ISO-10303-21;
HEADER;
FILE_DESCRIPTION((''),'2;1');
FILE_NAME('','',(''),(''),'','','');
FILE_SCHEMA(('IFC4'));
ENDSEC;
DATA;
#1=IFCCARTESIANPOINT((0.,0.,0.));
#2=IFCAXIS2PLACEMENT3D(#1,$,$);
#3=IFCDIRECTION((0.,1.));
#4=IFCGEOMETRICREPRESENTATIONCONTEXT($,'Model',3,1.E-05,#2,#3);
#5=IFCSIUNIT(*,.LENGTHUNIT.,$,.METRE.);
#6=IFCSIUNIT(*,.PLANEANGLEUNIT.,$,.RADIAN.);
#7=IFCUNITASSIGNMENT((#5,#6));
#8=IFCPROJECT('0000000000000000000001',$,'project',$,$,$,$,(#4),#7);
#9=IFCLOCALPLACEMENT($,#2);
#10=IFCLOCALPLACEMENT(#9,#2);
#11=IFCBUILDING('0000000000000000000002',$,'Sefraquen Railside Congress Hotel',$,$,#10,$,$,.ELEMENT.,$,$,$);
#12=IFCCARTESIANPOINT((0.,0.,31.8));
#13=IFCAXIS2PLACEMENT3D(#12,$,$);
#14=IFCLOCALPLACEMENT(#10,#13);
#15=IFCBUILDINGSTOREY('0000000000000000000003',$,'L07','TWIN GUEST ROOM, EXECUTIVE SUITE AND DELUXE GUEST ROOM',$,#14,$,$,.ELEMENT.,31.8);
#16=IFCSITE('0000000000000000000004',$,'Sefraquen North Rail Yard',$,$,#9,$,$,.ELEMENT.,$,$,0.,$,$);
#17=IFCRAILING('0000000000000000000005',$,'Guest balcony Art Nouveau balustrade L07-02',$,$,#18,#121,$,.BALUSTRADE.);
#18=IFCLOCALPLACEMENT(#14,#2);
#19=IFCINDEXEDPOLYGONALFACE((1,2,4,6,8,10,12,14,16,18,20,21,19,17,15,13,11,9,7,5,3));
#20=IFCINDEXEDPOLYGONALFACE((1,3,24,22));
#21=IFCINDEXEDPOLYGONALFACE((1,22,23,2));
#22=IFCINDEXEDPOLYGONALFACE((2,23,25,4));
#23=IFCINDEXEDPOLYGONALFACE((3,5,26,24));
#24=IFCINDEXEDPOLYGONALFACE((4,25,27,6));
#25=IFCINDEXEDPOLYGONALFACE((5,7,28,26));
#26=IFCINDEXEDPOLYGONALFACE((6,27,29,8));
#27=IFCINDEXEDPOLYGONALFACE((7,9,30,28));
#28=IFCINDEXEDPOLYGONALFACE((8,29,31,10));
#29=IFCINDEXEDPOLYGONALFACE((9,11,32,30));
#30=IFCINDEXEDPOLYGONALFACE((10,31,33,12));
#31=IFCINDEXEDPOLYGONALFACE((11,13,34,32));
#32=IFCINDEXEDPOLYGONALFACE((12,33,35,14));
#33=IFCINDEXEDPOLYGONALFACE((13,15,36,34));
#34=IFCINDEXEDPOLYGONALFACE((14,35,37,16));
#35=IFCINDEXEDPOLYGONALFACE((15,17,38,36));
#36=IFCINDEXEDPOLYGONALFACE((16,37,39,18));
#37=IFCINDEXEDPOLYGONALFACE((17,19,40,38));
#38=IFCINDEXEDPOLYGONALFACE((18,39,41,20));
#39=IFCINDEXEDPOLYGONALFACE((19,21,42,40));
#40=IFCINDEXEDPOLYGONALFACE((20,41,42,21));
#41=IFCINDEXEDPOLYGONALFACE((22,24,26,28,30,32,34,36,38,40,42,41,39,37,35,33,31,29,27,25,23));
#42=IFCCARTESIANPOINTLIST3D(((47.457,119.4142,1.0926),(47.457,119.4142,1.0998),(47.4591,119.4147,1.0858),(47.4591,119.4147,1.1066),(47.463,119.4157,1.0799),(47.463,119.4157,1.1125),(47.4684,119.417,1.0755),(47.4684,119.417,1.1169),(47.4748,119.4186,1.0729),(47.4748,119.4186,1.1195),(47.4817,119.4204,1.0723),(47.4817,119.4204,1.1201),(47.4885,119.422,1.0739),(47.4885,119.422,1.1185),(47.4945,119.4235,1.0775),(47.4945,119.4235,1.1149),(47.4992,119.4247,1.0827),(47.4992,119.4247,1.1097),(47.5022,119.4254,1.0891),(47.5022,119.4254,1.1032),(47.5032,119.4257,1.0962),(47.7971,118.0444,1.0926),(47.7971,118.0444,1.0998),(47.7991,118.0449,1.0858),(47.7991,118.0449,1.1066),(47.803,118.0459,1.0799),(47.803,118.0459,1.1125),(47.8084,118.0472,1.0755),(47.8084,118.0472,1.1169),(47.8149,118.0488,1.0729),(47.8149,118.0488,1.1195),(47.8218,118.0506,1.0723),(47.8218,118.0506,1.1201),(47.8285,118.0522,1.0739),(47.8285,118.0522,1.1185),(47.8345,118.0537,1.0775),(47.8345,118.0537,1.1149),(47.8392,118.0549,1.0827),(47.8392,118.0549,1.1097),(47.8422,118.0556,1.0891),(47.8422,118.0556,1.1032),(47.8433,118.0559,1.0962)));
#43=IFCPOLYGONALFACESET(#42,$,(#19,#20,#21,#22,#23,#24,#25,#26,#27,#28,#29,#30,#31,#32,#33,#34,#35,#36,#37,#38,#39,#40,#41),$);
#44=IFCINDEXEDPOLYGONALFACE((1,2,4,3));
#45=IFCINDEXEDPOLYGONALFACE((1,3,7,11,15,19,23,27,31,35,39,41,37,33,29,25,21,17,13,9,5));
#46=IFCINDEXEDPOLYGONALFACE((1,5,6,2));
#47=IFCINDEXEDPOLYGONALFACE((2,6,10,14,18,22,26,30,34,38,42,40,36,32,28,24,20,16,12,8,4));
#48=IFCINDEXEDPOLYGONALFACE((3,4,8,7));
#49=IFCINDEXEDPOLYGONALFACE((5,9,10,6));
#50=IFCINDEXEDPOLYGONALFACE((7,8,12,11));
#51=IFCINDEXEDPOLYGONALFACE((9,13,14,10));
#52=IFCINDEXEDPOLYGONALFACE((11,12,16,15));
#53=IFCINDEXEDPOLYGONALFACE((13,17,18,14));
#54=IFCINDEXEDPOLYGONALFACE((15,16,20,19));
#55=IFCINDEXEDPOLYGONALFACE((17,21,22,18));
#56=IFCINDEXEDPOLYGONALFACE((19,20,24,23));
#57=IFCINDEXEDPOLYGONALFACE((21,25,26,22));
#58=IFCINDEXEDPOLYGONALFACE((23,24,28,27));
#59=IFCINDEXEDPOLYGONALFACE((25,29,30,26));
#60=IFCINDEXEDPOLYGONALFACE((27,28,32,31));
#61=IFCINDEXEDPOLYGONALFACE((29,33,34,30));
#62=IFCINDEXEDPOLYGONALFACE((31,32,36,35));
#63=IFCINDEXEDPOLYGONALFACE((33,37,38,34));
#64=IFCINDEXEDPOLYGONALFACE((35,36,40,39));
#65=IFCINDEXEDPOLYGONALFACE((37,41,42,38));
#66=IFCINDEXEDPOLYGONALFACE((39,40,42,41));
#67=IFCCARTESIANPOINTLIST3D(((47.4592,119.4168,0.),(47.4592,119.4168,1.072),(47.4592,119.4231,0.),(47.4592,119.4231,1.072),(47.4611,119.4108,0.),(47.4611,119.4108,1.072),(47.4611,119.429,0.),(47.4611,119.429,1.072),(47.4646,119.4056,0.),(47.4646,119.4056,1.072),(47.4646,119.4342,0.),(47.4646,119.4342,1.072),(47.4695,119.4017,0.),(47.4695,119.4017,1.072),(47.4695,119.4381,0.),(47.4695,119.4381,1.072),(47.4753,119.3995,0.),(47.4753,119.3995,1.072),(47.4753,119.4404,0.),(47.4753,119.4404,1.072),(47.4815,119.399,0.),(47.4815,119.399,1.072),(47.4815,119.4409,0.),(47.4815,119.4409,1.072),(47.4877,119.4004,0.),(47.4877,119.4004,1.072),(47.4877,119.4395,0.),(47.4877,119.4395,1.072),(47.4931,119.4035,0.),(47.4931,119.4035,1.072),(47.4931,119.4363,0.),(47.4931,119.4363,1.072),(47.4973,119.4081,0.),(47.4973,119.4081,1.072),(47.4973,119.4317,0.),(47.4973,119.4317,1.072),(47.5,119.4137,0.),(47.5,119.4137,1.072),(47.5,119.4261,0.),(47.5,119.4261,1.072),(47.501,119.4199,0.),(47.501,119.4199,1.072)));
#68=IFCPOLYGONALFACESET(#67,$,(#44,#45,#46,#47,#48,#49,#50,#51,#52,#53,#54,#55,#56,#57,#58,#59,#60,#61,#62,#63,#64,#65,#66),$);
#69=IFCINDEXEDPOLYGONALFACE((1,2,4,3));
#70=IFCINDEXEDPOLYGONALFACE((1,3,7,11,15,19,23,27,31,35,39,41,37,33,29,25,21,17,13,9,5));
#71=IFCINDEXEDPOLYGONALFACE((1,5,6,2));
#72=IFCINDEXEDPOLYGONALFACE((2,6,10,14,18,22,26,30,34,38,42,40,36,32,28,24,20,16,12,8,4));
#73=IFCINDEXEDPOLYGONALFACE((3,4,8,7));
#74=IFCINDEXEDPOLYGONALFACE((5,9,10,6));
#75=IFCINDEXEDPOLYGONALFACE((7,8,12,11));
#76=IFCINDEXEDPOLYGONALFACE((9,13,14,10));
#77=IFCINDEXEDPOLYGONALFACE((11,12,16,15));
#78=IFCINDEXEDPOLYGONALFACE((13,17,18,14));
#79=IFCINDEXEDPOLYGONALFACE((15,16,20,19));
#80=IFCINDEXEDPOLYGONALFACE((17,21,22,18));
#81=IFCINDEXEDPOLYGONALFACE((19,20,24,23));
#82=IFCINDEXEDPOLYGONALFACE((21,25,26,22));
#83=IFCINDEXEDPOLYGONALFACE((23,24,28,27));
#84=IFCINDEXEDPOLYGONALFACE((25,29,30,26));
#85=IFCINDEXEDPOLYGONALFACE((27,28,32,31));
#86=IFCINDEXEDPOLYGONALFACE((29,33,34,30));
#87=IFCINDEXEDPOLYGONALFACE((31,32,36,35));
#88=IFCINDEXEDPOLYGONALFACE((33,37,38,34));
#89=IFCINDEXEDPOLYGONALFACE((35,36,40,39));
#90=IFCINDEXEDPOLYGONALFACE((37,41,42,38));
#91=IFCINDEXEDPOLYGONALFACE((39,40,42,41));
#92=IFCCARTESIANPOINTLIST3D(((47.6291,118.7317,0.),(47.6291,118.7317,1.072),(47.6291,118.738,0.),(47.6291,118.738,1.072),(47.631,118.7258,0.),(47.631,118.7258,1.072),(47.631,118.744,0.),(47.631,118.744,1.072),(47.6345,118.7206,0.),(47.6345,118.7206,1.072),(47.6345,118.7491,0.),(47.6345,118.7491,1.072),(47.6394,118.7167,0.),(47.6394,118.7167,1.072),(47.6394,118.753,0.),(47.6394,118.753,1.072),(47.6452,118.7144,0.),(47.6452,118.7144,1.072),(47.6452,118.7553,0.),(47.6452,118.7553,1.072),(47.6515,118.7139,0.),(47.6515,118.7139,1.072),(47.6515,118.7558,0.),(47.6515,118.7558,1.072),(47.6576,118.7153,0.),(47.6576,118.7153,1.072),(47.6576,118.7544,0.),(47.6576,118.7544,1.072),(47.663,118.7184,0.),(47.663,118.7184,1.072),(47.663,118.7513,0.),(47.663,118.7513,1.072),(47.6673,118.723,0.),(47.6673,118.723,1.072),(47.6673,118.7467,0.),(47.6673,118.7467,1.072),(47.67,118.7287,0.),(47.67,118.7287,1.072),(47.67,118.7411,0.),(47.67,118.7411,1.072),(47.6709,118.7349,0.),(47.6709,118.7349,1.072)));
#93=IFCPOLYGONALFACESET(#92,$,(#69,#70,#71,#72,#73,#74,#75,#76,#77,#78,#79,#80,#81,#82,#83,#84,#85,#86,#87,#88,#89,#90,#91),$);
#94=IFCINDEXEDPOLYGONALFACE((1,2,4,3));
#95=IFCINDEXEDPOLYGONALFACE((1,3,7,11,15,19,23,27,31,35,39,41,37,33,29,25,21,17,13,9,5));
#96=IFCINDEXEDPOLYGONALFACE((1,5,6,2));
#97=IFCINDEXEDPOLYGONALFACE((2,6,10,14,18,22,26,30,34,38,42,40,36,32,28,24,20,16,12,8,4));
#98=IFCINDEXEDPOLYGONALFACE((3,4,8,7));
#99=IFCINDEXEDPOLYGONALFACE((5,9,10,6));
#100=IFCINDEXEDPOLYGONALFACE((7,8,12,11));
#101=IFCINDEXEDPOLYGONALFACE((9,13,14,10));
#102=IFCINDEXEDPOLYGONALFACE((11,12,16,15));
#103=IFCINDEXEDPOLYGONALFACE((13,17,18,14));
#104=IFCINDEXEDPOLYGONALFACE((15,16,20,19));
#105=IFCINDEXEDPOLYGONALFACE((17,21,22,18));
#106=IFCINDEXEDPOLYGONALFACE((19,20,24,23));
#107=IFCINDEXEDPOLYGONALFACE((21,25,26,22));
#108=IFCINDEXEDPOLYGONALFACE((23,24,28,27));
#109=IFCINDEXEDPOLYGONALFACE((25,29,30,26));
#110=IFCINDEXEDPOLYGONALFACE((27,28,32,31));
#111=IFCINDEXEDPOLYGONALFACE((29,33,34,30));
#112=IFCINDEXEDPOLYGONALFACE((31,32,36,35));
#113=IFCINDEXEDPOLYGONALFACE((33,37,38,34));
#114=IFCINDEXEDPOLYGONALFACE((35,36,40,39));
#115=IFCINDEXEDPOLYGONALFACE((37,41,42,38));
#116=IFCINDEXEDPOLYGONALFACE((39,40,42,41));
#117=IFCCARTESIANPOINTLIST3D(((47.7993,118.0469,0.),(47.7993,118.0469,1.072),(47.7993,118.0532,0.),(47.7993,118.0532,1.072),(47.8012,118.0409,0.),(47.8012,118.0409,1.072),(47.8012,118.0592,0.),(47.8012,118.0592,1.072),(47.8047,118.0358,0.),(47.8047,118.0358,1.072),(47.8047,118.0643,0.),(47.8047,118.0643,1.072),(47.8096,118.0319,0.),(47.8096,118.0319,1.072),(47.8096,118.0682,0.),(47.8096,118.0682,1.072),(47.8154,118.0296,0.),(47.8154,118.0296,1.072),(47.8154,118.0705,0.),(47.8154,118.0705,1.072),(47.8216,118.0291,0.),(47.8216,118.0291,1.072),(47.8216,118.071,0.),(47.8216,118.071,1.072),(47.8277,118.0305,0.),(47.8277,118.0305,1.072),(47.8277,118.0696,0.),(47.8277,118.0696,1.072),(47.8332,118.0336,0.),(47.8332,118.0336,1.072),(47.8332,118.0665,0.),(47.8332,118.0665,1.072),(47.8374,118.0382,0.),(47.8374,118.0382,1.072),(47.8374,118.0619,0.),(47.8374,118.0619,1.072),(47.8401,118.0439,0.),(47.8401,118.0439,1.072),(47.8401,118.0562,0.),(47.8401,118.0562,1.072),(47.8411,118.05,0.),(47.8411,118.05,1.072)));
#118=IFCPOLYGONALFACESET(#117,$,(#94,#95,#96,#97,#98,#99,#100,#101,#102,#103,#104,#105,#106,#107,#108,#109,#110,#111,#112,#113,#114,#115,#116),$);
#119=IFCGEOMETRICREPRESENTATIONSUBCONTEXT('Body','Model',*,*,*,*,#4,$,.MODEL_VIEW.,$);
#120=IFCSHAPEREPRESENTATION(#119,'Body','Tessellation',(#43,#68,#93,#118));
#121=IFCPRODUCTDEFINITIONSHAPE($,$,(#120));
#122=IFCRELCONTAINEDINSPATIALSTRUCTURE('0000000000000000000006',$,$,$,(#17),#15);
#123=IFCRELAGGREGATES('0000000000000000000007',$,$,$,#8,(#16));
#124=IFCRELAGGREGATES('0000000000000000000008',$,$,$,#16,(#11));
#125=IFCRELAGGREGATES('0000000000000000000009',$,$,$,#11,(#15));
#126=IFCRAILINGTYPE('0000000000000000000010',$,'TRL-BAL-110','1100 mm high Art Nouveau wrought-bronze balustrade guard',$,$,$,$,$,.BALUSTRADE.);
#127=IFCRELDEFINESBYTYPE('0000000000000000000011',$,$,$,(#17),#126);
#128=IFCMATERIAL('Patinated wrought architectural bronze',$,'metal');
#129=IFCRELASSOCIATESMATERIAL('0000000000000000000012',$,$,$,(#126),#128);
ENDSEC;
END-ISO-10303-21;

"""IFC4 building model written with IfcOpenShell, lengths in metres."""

from ifc_helpers import new_model, si_unit, direction, frame, origin, origin_2d, place, context, subcontext, project, spatial, circle, extrude, material, type_object, element, save


model = new_model("IFC4")

# Units and contexts
model_context = context("Model", 3, precision=1e-05, world=origin(), true_north=direction((0.0, 1.0)))
body_context = subcontext(model_context, "Body", "Model", "MODEL_VIEW")
ifc_project = project(units=[si_unit("LENGTHUNIT", "METRE"), si_unit("PLANEANGLEUNIT", "RADIAN")], contexts=[model_context])

# Site, building, storey
site_placement = place(None, origin())
site = spatial("IfcSite", under=ifc_project, at=site_placement, Name="Sefraquen North Rail Yard", CompositionType="ELEMENT", RefElevation=0.0)
building_placement = place(site_placement, origin())
building = spatial("IfcBuilding", under=site, at=building_placement, Name="Sefraquen Railside Congress Hotel", CompositionType="ELEMENT")
storey_placement = place(building_placement, frame((0.0, 0.0, 31.8)))
storey = spatial("IfcBuildingStorey", under=building, at=storey_placement, Name="L07", Description="TWIN GUEST ROOM, EXECUTIVE SUITE AND DELUXE GUEST ROOM", CompositionType="ELEMENT", Elevation=31.8)

# Railing
ifc_material_1 = material(Name="Patinated wrought architectural bronze", Category="metal")
railing_type = type_object("IfcRailingType", Name="TRL-BAL-110", Description="1100 mm high Art Nouveau wrought-bronze balustrade guard", PredefinedType="BALUSTRADE", material=ifc_material_1)
railing_1_placement = place(storey_placement, frame((47.48, 119.4199, 0.0)))
element("IfcRailing", 1, at=railing_1_placement, inside=storey, type_object=railing_type, Name="Guest balcony Art Nouveau balustrade L07-02", PredefinedType="BALUSTRADE", context=body_context, shape_type="SweptSolid", body=[
    extrude(circle(Radius=0.0239, at=origin_2d()), frame((0.0, 0.0, 1.0962), z_axis=(0.240948, -0.970538, 0.0), x_axis=(0.970538, 0.240948, 0.0)), (0.0, 0.0, 1.0), 1.4114),
    extrude(circle(Radius=0.021, at=origin_2d()), origin(), (0.0, 0.0, 1.0), 1.072),
    extrude(circle(Radius=0.021, at=origin_2d()), frame((0.1699, -0.6851, 0.0)), (0.0, 0.0, 1.0), 1.072),
    extrude(circle(Radius=0.021, at=origin_2d()), frame((0.3401, -1.3699, 0.0)), (0.0, 0.0, 1.0), 1.072),
])

save(model, "model.ifc")
